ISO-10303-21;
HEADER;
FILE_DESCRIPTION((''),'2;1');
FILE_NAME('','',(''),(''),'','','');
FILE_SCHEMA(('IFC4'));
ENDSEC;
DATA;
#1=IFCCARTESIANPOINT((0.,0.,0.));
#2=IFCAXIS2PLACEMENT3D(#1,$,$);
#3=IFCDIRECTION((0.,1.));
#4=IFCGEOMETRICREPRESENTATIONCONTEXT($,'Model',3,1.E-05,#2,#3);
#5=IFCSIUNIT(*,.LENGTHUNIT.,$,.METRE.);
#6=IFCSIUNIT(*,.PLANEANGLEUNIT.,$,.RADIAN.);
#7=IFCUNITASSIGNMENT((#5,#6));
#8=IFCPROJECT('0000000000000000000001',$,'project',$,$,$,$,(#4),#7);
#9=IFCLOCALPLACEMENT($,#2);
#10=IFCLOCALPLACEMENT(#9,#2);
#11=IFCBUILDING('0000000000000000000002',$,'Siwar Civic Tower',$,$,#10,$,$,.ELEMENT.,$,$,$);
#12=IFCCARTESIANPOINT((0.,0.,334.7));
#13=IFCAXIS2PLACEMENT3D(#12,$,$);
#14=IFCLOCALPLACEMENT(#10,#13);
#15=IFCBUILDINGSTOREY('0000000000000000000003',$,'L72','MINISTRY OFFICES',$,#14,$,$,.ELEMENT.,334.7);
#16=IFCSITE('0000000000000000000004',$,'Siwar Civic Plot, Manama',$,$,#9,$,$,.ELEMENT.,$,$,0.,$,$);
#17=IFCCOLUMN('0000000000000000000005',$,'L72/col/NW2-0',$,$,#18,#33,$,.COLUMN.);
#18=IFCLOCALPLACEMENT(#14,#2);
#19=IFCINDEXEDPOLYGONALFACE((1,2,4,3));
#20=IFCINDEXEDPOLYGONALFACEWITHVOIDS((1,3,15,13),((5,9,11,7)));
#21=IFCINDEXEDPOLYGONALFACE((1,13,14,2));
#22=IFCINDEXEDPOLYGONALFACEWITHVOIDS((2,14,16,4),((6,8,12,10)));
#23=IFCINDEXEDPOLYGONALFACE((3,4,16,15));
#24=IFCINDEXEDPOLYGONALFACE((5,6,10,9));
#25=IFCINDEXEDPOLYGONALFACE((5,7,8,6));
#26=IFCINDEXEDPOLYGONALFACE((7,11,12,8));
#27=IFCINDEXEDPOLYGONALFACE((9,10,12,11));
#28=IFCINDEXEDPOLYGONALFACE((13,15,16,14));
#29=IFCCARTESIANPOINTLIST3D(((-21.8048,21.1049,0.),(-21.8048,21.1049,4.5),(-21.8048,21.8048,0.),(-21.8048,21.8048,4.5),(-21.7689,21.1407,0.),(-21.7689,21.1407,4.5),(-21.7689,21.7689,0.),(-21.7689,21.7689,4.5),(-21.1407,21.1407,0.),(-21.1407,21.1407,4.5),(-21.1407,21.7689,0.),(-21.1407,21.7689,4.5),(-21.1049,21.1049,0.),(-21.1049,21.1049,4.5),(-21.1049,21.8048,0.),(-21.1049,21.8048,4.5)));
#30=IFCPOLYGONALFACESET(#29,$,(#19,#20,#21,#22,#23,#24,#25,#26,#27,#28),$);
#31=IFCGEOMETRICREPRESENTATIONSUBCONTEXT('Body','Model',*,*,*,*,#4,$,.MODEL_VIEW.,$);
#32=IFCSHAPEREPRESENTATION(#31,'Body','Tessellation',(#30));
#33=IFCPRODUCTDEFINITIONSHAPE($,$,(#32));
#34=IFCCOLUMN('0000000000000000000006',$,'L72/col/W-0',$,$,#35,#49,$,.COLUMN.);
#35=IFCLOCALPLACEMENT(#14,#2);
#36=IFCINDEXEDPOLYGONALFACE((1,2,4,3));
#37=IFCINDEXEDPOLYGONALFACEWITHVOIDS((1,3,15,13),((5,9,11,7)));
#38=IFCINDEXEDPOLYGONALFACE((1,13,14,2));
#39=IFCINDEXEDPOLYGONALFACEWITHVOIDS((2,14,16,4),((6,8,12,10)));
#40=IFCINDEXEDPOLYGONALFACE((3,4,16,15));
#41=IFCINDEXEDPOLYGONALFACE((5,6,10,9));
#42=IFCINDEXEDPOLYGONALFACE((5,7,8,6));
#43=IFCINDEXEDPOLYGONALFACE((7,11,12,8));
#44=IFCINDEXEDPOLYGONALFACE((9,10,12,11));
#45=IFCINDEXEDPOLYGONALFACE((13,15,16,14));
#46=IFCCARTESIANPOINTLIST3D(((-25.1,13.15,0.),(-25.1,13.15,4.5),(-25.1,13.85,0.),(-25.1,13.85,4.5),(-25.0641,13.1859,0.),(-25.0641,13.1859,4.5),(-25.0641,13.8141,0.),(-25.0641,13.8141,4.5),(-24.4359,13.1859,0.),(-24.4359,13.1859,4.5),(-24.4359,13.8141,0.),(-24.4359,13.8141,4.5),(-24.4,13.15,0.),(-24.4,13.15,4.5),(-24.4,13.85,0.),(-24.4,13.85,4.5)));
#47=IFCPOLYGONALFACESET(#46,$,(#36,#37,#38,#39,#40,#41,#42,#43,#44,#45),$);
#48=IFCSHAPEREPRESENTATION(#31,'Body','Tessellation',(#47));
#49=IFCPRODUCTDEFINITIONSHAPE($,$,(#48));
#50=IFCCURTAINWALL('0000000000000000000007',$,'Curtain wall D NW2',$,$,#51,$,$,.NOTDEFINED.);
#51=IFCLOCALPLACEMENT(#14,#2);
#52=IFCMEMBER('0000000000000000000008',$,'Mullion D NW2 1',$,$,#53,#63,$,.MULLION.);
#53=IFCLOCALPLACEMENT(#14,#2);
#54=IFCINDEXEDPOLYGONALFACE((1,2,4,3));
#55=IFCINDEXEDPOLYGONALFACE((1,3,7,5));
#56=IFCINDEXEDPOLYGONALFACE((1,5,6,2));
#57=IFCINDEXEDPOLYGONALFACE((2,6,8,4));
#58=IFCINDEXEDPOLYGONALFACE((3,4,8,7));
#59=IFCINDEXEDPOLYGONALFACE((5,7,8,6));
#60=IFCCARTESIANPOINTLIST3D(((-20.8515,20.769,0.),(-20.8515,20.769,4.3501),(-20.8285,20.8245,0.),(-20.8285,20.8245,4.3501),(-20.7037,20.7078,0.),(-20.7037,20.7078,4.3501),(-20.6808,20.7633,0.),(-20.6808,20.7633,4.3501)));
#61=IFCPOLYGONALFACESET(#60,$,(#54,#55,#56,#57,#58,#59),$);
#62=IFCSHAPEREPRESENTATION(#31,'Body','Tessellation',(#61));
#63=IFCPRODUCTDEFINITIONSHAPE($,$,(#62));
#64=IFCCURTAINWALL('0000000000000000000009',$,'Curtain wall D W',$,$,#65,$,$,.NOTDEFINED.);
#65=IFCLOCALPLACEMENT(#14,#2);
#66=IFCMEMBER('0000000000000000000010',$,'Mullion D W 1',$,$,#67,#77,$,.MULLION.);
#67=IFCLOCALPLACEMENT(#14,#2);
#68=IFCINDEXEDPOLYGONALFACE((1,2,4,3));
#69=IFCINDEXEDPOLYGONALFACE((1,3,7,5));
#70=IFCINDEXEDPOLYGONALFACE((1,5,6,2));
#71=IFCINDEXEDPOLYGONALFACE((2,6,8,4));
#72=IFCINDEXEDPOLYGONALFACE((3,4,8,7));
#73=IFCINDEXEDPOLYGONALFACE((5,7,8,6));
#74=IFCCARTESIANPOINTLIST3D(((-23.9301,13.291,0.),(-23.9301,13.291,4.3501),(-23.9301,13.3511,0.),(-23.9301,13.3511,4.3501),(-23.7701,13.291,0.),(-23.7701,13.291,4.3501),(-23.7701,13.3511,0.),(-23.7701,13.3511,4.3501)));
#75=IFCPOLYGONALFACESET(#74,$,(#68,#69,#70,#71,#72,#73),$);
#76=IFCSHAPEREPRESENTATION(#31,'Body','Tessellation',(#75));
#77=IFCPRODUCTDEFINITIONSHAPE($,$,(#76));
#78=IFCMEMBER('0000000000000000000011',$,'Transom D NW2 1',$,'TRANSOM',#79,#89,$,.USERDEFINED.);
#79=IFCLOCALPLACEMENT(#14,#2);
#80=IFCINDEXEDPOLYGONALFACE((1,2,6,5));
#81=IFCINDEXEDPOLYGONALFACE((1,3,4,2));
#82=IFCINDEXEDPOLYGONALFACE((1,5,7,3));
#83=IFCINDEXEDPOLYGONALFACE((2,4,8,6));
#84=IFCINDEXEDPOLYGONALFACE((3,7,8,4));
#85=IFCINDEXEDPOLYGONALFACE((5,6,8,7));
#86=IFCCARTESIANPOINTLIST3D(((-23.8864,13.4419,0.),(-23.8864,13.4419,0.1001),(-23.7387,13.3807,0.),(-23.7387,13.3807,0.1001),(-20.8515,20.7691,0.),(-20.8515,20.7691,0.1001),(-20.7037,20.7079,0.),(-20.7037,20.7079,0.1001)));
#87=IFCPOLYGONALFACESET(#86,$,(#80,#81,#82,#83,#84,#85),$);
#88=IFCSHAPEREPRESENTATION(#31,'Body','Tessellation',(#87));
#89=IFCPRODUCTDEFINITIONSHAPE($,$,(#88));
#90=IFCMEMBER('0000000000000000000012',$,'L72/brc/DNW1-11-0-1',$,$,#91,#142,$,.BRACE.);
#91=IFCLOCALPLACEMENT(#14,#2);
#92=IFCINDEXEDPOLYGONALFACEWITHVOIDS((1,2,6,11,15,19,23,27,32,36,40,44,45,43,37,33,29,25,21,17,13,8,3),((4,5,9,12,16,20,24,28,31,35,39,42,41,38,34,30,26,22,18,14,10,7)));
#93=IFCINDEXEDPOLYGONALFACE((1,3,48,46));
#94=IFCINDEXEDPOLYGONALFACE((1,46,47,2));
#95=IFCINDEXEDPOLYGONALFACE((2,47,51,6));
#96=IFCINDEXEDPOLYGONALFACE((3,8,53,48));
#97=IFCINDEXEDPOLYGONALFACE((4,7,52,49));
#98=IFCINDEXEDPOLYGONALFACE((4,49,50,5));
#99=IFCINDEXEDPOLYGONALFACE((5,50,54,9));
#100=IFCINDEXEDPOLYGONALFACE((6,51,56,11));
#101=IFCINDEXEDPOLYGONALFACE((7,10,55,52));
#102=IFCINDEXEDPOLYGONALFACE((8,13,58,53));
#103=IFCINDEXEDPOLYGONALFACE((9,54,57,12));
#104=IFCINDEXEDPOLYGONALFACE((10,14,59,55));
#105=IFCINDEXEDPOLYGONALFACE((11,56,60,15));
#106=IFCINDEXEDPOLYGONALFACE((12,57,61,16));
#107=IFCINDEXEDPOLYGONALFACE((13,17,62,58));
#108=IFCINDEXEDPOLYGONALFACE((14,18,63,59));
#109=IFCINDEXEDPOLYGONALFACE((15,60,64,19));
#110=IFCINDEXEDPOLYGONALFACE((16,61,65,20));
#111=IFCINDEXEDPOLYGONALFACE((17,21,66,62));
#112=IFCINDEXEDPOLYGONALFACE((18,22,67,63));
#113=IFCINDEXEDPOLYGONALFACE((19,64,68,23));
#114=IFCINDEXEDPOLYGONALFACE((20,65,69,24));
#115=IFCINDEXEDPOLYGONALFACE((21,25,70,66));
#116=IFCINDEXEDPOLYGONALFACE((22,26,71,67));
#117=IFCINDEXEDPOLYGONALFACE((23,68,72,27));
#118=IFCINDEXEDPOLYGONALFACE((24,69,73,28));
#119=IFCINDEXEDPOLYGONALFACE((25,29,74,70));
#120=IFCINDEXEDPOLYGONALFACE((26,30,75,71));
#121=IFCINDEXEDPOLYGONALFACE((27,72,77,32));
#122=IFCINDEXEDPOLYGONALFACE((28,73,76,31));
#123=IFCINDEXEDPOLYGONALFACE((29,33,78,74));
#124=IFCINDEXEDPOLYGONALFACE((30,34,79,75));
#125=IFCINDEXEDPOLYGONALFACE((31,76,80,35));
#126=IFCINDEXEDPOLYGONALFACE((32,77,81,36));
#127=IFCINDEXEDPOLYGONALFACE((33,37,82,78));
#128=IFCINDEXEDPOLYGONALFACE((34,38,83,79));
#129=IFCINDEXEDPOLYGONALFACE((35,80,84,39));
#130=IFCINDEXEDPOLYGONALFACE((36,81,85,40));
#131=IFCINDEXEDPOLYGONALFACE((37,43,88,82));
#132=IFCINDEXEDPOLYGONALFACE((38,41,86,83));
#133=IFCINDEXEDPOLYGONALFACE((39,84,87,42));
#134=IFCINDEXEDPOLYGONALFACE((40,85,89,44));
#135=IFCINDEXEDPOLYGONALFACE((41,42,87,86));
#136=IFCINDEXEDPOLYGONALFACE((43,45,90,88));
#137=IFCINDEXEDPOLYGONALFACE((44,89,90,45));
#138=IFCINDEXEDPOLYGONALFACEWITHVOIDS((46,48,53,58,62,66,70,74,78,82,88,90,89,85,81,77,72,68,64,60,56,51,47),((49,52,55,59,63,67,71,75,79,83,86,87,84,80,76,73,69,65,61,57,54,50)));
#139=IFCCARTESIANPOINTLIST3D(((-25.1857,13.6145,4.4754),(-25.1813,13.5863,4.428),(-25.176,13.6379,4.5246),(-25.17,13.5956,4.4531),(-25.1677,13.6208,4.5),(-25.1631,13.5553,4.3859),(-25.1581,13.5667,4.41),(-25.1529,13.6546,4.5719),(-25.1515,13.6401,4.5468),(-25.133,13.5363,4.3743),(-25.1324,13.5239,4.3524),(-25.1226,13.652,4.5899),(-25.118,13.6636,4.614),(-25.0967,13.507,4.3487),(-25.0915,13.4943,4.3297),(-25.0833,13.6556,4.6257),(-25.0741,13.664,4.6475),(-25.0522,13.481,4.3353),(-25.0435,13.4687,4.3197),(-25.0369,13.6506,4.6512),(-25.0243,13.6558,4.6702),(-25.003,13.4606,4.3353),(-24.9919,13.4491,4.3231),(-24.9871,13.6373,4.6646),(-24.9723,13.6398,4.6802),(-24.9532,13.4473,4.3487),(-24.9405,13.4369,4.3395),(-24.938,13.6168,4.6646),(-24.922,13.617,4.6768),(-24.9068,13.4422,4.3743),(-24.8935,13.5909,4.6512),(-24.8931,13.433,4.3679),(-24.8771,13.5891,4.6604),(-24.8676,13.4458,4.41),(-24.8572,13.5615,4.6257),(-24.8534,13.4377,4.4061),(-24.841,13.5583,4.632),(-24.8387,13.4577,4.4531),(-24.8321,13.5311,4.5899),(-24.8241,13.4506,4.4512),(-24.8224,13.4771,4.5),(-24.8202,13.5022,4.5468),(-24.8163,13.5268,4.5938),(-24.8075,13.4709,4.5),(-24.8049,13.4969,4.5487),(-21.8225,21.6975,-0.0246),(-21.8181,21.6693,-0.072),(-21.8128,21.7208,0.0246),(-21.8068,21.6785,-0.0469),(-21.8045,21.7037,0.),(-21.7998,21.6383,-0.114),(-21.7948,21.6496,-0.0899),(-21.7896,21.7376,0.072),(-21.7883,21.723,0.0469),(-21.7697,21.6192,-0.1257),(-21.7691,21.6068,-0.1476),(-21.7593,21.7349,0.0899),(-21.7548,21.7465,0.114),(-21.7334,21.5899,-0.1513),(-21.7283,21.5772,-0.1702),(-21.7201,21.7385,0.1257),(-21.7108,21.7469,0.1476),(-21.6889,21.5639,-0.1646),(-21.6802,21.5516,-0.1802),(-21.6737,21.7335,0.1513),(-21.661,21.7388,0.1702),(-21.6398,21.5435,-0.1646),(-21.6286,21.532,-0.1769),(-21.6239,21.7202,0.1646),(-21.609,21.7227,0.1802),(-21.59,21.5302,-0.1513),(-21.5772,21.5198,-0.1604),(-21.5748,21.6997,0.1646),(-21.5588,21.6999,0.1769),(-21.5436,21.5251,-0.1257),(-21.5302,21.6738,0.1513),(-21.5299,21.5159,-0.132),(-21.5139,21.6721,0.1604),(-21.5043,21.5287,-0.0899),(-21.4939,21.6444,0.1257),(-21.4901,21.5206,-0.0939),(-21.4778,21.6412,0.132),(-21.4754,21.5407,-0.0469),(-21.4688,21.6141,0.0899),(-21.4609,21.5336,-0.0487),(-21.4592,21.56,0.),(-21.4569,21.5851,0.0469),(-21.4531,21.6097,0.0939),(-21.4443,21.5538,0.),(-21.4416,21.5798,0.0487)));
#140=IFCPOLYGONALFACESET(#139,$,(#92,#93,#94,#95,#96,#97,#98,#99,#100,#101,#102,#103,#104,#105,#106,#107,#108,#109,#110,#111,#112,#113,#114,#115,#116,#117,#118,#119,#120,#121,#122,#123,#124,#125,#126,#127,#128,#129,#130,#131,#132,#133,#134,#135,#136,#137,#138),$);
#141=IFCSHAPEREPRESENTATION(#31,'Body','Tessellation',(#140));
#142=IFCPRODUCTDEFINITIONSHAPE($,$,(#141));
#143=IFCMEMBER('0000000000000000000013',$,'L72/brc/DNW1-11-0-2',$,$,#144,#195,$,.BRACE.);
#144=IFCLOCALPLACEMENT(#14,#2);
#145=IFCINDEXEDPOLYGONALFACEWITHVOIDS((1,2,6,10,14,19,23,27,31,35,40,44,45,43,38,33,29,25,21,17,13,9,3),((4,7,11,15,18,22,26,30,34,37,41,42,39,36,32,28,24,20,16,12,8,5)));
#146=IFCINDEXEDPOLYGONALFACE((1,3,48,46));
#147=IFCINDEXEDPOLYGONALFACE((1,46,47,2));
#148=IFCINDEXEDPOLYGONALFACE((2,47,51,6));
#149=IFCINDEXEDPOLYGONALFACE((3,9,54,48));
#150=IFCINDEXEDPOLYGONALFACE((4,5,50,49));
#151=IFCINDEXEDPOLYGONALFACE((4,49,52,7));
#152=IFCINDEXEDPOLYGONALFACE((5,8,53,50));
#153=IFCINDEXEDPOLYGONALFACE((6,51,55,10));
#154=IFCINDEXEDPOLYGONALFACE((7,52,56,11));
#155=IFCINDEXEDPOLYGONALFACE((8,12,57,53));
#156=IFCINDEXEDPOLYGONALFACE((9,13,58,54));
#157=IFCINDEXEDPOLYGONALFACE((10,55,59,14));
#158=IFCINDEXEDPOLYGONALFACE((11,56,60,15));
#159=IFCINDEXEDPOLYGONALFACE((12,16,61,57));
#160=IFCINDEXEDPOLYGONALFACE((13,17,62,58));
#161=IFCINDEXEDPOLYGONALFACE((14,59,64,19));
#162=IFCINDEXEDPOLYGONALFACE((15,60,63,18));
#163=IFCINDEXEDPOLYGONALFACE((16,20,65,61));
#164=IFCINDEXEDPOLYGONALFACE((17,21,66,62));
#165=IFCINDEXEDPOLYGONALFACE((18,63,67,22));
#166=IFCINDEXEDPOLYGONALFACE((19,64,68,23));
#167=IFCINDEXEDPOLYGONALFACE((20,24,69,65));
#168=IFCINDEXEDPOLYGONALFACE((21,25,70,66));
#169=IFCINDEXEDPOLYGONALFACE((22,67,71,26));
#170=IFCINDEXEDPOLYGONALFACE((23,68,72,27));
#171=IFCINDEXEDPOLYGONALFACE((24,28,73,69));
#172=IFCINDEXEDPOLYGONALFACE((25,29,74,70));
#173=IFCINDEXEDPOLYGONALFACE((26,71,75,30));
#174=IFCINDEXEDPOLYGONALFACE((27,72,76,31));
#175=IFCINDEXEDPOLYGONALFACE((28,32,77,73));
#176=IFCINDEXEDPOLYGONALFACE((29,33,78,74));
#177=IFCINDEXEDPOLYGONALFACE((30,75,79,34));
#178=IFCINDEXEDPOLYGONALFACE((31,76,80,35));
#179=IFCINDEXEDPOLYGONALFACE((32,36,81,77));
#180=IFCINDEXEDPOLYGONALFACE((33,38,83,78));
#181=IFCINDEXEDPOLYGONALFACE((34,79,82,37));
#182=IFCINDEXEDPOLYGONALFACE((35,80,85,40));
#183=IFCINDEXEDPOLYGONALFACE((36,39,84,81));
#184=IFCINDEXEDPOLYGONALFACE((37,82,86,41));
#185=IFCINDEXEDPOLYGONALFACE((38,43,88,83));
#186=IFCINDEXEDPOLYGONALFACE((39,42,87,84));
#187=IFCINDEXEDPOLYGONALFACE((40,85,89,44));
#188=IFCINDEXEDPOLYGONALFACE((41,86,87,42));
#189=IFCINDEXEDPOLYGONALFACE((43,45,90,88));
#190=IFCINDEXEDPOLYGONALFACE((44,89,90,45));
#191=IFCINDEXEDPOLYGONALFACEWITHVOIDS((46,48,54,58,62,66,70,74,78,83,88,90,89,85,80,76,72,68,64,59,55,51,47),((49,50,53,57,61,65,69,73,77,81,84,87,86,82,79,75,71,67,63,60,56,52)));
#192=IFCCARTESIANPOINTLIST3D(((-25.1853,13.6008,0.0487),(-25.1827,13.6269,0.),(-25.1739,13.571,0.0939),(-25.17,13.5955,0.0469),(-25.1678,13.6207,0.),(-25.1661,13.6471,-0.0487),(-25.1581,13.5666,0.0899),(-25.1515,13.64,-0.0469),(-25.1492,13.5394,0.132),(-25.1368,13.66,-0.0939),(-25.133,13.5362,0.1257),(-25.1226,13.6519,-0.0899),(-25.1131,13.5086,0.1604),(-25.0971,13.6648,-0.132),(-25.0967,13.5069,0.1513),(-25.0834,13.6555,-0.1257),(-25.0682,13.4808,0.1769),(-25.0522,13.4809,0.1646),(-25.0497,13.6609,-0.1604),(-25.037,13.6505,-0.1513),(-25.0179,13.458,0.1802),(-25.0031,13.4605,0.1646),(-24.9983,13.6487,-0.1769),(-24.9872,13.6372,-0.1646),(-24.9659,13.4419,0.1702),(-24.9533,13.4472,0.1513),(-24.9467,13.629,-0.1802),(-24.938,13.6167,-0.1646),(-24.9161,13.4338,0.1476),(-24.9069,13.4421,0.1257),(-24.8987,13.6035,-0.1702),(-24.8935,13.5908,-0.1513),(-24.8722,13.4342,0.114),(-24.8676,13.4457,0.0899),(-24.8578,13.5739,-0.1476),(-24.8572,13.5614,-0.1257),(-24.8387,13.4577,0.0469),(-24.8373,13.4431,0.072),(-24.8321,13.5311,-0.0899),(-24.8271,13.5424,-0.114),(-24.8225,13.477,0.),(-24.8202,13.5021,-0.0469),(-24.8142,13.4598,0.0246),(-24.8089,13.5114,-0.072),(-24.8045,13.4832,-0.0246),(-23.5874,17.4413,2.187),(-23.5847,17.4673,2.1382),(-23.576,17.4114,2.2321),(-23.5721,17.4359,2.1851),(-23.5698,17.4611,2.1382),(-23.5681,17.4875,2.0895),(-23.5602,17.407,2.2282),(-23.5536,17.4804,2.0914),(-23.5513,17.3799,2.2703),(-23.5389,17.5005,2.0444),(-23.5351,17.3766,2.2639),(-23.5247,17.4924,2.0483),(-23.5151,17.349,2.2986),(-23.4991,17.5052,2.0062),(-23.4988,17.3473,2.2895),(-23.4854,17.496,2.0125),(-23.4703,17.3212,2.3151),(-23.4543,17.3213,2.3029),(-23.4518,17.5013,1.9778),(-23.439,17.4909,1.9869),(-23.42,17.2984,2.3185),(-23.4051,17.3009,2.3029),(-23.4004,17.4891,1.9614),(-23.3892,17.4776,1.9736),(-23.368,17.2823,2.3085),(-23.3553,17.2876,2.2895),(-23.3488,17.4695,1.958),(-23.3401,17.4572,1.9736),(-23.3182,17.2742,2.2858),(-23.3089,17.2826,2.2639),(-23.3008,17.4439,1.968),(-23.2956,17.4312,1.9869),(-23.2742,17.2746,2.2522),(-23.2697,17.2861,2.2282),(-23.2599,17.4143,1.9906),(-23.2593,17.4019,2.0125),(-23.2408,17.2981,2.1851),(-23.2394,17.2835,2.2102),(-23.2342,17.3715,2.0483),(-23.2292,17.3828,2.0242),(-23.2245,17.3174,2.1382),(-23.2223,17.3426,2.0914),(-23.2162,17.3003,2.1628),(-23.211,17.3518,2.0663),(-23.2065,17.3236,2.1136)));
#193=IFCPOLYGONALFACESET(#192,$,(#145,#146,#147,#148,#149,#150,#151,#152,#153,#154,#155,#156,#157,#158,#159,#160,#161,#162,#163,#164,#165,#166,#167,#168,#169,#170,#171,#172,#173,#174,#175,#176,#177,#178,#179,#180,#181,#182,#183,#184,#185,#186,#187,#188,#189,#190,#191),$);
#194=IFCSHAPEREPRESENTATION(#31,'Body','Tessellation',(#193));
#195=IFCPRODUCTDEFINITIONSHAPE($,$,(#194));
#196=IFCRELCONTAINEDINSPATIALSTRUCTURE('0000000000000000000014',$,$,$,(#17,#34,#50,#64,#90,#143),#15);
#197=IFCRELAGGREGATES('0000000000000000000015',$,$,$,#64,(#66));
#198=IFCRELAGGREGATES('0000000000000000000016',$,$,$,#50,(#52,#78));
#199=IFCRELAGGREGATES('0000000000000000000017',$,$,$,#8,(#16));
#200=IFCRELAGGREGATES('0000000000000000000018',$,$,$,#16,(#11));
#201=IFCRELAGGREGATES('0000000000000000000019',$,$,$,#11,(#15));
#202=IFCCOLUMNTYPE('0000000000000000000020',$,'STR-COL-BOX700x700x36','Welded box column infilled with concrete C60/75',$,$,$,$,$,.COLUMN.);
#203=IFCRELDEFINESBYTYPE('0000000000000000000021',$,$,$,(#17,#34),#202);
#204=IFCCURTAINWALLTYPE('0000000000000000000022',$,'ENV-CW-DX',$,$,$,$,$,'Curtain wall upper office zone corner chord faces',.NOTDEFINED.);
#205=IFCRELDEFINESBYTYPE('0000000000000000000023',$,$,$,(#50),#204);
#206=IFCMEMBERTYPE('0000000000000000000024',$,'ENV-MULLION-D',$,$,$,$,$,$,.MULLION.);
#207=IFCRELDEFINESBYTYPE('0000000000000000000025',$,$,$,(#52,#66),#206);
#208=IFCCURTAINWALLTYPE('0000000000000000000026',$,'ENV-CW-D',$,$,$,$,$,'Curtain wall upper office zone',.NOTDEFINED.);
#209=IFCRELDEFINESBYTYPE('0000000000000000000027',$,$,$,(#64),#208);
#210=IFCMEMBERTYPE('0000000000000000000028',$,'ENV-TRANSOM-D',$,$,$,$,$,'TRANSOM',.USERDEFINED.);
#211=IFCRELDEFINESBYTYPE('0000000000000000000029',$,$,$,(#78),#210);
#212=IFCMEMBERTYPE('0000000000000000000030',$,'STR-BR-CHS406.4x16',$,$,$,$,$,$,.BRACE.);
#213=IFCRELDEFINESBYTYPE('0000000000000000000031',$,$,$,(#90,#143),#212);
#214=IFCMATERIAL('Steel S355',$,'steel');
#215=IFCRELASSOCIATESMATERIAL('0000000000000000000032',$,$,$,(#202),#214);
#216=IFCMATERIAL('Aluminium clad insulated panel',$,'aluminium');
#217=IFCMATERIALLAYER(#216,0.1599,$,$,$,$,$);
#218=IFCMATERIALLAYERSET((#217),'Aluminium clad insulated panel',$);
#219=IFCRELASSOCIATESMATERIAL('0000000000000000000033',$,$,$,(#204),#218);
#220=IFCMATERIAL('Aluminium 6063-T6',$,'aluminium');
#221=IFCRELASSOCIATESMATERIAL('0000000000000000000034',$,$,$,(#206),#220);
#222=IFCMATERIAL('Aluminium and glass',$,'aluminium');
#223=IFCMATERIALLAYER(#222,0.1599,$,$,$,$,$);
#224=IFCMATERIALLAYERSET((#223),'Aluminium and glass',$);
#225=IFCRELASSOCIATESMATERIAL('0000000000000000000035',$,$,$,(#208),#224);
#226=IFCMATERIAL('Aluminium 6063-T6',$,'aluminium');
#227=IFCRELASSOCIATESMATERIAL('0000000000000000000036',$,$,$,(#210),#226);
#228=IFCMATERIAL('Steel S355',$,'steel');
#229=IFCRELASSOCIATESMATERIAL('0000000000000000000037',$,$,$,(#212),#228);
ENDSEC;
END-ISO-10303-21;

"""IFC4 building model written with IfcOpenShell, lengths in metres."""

from ifc_helpers import new_model, si_unit, direction, frame, origin, origin_2d, place, context, subcontext, project, spatial, rectangle, hollow_rectangle, hollow_circle, extrude, material, layer, layer_set, material_profile, profile_set, type_object, element, aggregate, save


model = new_model("IFC4")

# Units and contexts
model_context = context("Model", 3, precision=1e-05, world=origin(), true_north=direction((0.0, 1.0)))
body_context = subcontext(model_context, "Body", "Model", "MODEL_VIEW")
ifc_project = project(units=[si_unit("LENGTHUNIT", "METRE"), si_unit("PLANEANGLEUNIT", "RADIAN")], contexts=[model_context])

# Site, building, storey
site_placement = place(None, origin())
site = spatial("IfcSite", under=ifc_project, at=site_placement, Name="Siwar Civic Plot, Manama", CompositionType="ELEMENT", RefElevation=0.0)
building_placement = place(site_placement, origin())
building = spatial("IfcBuilding", under=site, at=building_placement, Name="Siwar Civic Tower", CompositionType="ELEMENT")
storey_placement = place(building_placement, frame((0.0, 0.0, 334.7)))
storey = spatial("IfcBuildingStorey", under=building, at=storey_placement, Name="L72", Description="MINISTRY OFFICES", CompositionType="ELEMENT", Elevation=334.7)

# Columns
ifc_material_1 = material(Name="Steel S355", Category="steel")
ifc_material_profile_1 = material_profile(ifc_material_1, hollow_rectangle(XDim=0.7, YDim=0.7, WallThickness=0.0359, at=origin_2d()), Name="BOX700x700x36")
ifc_profile_set_1 = profile_set([ifc_material_profile_1], Name="Steel S355")
column_type = type_object("IfcColumnType", Name="STR-COL-BOX700x700x36", Description="Welded box column infilled with concrete C60/75", PredefinedType="COLUMN", material=ifc_profile_set_1)
for number, where, z_axis, x_axis, name in (
    (1, (-21.4548, 21.4548, 0.0), (0.0, 0.0, 1.0), (1.0, 0.0, 0.0), "L72/col/NW2-0"),
    (2, (-24.75, 13.5, 0.0), (0.0, 0.0, 1.0), (1.0, 0.0, 0.0), "L72/col/W-0"),
):
    element("IfcColumn", number, at=place(storey_placement, frame(where, z_axis=z_axis, x_axis=x_axis)), inside=storey, type_object=column_type, Name=name, PredefinedType="COLUMN", context=body_context, shape_type="SweptSolid", body=[
        extrude(hollow_rectangle(XDim=0.7, YDim=0.7, WallThickness=0.0359, at=origin_2d()), origin(), (0.0, 0.0, 1.0), 4.5),
    ])

# Curtain walls, members
ifc_material_2 = material(Name="Aluminium clad insulated panel", Category="aluminium")
ifc_layer_1 = layer(ifc_material_2, 0.1599)
ifc_layer_set_1 = layer_set([ifc_layer_1], Name="Aluminium clad insulated panel")
curtain_wall_type_1 = type_object("IfcCurtainWallType", Name="ENV-CW-DX", ElementType="Curtain wall upper office zone corner chord faces", PredefinedType="NOTDEFINED", material=ifc_layer_set_1)
curtain_wall_1_placement = place(storey_placement, origin())
curtain_wall_1 = element("IfcCurtainWall", 3, at=curtain_wall_1_placement, inside=storey, type_object=curtain_wall_type_1, Name="Curtain wall D NW2", PredefinedType="NOTDEFINED")
ifc_material_3 = material(Name="Aluminium 6063-T6", Category="aluminium")
ifc_material_profile_2 = material_profile(ifc_material_3, rectangle(XDim=0.1599, YDim=0.0601, at=origin_2d()), Name="AL 160x60")
ifc_profile_set_2 = profile_set([ifc_material_profile_2], Name="Aluminium 6063-T6")
member_type_1 = type_object("IfcMemberType", Name="ENV-MULLION-D", PredefinedType="MULLION", material=ifc_profile_set_2)
member_1_placement = place(storey_placement, frame((-20.7661, 20.7661, 0.0), z_axis=(0.0, 0.0, 1.0), x_axis=(0.92388, -0.382683, 0.0)))
member_1 = element("IfcMember", 4, at=member_1_placement, type_object=member_type_1, Name="Mullion D NW2 1", PredefinedType="MULLION", context=body_context, shape_type="SweptSolid", body=[
    extrude(rectangle(XDim=0.1599, YDim=0.0601, at=origin_2d()), origin(), (0.0, 0.0, 1.0), 4.3501),
])
ifc_material_4 = material(Name="Aluminium and glass", Category="aluminium")
ifc_layer_2 = layer(ifc_material_4, 0.1599)
ifc_layer_set_2 = layer_set([ifc_layer_2], Name="Aluminium and glass")
curtain_wall_type_2 = type_object("IfcCurtainWallType", Name="ENV-CW-D", ElementType="Curtain wall upper office zone", PredefinedType="NOTDEFINED", material=ifc_layer_set_2)
curtain_wall_2_placement = place(storey_placement, origin())
curtain_wall_2 = element("IfcCurtainWall", 5, at=curtain_wall_2_placement, inside=storey, type_object=curtain_wall_type_2, Name="Curtain wall D W", PredefinedType="NOTDEFINED")
member_2_placement = place(storey_placement, frame((-23.8501, 13.321, 0.0), z_axis=(0.0, 0.0, 1.0), x_axis=(1.0, 0.0, 0.0)))
member_2 = element("IfcMember", 6, at=member_2_placement, type_object=member_type_1, Name="Mullion D W 1", PredefinedType="MULLION", context=body_context, shape_type="SweptSolid", body=[
    extrude(rectangle(XDim=0.1599, YDim=0.0601, at=origin_2d()), origin(), (0.0, 0.0, 1.0), 4.3501),
])
aggregate(curtain_wall_2, [member_2])

# Member
ifc_material_5 = material(Name="Aluminium 6063-T6", Category="aluminium")
ifc_material_profile_3 = material_profile(ifc_material_5, rectangle(XDim=0.1599, YDim=0.1001, at=origin_2d()), Name="AL 160x100")
ifc_profile_set_3 = profile_set([ifc_material_profile_3], Name="Aluminium 6063-T6")
member_type_2 = type_object("IfcMemberType", Name="ENV-TRANSOM-D", ElementType="TRANSOM", PredefinedType="USERDEFINED", material=ifc_profile_set_3)
member_3_placement = place(storey_placement, frame((-20.7776, 20.7385, 0.05), z_axis=(-0.382674, -0.923884, 0.0), x_axis=(0.923884, -0.382674, 0.0)))
member_3 = element("IfcMember", 7, at=member_3_placement, type_object=member_type_2, Name="Transom D NW2 1", ObjectType="TRANSOM", PredefinedType="USERDEFINED", context=body_context, shape_type="SweptSolid", body=[
    extrude(rectangle(XDim=0.1599, YDim=0.1001, at=origin_2d()), origin(), (0.0, 0.0, 1.0), 7.9309),
])

# Members
ifc_material_6 = material(Name="Steel S355", Category="steel")
ifc_material_profile_4 = material_profile(ifc_material_6, hollow_circle(Radius=0.2031, WallThickness=0.0161, at=origin_2d()), Name="CHS406.4x16")
ifc_profile_set_4 = profile_set([ifc_material_profile_4], Name="Steel S355")
member_type_3 = type_object("IfcMemberType", Name="STR-BR-CHS406.4x16", PredefinedType="BRACE", material=ifc_profile_set_4)
member_4_placement = place(storey_placement, frame((-21.6318, 21.6318, 0.0), z_axis=(-0.341671, -0.821143, 0.457149), x_axis=(0.923265, -0.384164, 0.0)))
element("IfcMember", 8, at=member_4_placement, inside=storey, type_object=member_type_3, Name="L72/brc/DNW1-11-0-1", PredefinedType="BRACE", context=body_context, shape_type="SweptSolid", body=[
    extrude(hollow_circle(Radius=0.2031, WallThickness=0.0161, at=origin_2d()), origin(), (0.0, 0.0, 1.0), 9.8435),
])
for number, where, z_axis, x_axis, name in (
    (9, (-24.9951, 13.5488, 0.0), (0.341659, 0.82113, 0.457181), (-0.923268, 0.384157, 0.0), "L72/brc/DNW1-11-0-2"),
):
    element("IfcMember", number, at=place(storey_placement, frame(where, z_axis=z_axis, x_axis=x_axis)), inside=storey, type_object=member_type_3, Name=name, PredefinedType="BRACE", context=body_context, shape_type="SweptSolid", body=[
        extrude(hollow_circle(Radius=0.2031, WallThickness=0.0161, at=origin_2d()), origin(), (0.0, 0.0, 1.0), 4.677),
    ])

aggregate(curtain_wall_1, [member_1, member_3])

save(model, "model.ifc")
